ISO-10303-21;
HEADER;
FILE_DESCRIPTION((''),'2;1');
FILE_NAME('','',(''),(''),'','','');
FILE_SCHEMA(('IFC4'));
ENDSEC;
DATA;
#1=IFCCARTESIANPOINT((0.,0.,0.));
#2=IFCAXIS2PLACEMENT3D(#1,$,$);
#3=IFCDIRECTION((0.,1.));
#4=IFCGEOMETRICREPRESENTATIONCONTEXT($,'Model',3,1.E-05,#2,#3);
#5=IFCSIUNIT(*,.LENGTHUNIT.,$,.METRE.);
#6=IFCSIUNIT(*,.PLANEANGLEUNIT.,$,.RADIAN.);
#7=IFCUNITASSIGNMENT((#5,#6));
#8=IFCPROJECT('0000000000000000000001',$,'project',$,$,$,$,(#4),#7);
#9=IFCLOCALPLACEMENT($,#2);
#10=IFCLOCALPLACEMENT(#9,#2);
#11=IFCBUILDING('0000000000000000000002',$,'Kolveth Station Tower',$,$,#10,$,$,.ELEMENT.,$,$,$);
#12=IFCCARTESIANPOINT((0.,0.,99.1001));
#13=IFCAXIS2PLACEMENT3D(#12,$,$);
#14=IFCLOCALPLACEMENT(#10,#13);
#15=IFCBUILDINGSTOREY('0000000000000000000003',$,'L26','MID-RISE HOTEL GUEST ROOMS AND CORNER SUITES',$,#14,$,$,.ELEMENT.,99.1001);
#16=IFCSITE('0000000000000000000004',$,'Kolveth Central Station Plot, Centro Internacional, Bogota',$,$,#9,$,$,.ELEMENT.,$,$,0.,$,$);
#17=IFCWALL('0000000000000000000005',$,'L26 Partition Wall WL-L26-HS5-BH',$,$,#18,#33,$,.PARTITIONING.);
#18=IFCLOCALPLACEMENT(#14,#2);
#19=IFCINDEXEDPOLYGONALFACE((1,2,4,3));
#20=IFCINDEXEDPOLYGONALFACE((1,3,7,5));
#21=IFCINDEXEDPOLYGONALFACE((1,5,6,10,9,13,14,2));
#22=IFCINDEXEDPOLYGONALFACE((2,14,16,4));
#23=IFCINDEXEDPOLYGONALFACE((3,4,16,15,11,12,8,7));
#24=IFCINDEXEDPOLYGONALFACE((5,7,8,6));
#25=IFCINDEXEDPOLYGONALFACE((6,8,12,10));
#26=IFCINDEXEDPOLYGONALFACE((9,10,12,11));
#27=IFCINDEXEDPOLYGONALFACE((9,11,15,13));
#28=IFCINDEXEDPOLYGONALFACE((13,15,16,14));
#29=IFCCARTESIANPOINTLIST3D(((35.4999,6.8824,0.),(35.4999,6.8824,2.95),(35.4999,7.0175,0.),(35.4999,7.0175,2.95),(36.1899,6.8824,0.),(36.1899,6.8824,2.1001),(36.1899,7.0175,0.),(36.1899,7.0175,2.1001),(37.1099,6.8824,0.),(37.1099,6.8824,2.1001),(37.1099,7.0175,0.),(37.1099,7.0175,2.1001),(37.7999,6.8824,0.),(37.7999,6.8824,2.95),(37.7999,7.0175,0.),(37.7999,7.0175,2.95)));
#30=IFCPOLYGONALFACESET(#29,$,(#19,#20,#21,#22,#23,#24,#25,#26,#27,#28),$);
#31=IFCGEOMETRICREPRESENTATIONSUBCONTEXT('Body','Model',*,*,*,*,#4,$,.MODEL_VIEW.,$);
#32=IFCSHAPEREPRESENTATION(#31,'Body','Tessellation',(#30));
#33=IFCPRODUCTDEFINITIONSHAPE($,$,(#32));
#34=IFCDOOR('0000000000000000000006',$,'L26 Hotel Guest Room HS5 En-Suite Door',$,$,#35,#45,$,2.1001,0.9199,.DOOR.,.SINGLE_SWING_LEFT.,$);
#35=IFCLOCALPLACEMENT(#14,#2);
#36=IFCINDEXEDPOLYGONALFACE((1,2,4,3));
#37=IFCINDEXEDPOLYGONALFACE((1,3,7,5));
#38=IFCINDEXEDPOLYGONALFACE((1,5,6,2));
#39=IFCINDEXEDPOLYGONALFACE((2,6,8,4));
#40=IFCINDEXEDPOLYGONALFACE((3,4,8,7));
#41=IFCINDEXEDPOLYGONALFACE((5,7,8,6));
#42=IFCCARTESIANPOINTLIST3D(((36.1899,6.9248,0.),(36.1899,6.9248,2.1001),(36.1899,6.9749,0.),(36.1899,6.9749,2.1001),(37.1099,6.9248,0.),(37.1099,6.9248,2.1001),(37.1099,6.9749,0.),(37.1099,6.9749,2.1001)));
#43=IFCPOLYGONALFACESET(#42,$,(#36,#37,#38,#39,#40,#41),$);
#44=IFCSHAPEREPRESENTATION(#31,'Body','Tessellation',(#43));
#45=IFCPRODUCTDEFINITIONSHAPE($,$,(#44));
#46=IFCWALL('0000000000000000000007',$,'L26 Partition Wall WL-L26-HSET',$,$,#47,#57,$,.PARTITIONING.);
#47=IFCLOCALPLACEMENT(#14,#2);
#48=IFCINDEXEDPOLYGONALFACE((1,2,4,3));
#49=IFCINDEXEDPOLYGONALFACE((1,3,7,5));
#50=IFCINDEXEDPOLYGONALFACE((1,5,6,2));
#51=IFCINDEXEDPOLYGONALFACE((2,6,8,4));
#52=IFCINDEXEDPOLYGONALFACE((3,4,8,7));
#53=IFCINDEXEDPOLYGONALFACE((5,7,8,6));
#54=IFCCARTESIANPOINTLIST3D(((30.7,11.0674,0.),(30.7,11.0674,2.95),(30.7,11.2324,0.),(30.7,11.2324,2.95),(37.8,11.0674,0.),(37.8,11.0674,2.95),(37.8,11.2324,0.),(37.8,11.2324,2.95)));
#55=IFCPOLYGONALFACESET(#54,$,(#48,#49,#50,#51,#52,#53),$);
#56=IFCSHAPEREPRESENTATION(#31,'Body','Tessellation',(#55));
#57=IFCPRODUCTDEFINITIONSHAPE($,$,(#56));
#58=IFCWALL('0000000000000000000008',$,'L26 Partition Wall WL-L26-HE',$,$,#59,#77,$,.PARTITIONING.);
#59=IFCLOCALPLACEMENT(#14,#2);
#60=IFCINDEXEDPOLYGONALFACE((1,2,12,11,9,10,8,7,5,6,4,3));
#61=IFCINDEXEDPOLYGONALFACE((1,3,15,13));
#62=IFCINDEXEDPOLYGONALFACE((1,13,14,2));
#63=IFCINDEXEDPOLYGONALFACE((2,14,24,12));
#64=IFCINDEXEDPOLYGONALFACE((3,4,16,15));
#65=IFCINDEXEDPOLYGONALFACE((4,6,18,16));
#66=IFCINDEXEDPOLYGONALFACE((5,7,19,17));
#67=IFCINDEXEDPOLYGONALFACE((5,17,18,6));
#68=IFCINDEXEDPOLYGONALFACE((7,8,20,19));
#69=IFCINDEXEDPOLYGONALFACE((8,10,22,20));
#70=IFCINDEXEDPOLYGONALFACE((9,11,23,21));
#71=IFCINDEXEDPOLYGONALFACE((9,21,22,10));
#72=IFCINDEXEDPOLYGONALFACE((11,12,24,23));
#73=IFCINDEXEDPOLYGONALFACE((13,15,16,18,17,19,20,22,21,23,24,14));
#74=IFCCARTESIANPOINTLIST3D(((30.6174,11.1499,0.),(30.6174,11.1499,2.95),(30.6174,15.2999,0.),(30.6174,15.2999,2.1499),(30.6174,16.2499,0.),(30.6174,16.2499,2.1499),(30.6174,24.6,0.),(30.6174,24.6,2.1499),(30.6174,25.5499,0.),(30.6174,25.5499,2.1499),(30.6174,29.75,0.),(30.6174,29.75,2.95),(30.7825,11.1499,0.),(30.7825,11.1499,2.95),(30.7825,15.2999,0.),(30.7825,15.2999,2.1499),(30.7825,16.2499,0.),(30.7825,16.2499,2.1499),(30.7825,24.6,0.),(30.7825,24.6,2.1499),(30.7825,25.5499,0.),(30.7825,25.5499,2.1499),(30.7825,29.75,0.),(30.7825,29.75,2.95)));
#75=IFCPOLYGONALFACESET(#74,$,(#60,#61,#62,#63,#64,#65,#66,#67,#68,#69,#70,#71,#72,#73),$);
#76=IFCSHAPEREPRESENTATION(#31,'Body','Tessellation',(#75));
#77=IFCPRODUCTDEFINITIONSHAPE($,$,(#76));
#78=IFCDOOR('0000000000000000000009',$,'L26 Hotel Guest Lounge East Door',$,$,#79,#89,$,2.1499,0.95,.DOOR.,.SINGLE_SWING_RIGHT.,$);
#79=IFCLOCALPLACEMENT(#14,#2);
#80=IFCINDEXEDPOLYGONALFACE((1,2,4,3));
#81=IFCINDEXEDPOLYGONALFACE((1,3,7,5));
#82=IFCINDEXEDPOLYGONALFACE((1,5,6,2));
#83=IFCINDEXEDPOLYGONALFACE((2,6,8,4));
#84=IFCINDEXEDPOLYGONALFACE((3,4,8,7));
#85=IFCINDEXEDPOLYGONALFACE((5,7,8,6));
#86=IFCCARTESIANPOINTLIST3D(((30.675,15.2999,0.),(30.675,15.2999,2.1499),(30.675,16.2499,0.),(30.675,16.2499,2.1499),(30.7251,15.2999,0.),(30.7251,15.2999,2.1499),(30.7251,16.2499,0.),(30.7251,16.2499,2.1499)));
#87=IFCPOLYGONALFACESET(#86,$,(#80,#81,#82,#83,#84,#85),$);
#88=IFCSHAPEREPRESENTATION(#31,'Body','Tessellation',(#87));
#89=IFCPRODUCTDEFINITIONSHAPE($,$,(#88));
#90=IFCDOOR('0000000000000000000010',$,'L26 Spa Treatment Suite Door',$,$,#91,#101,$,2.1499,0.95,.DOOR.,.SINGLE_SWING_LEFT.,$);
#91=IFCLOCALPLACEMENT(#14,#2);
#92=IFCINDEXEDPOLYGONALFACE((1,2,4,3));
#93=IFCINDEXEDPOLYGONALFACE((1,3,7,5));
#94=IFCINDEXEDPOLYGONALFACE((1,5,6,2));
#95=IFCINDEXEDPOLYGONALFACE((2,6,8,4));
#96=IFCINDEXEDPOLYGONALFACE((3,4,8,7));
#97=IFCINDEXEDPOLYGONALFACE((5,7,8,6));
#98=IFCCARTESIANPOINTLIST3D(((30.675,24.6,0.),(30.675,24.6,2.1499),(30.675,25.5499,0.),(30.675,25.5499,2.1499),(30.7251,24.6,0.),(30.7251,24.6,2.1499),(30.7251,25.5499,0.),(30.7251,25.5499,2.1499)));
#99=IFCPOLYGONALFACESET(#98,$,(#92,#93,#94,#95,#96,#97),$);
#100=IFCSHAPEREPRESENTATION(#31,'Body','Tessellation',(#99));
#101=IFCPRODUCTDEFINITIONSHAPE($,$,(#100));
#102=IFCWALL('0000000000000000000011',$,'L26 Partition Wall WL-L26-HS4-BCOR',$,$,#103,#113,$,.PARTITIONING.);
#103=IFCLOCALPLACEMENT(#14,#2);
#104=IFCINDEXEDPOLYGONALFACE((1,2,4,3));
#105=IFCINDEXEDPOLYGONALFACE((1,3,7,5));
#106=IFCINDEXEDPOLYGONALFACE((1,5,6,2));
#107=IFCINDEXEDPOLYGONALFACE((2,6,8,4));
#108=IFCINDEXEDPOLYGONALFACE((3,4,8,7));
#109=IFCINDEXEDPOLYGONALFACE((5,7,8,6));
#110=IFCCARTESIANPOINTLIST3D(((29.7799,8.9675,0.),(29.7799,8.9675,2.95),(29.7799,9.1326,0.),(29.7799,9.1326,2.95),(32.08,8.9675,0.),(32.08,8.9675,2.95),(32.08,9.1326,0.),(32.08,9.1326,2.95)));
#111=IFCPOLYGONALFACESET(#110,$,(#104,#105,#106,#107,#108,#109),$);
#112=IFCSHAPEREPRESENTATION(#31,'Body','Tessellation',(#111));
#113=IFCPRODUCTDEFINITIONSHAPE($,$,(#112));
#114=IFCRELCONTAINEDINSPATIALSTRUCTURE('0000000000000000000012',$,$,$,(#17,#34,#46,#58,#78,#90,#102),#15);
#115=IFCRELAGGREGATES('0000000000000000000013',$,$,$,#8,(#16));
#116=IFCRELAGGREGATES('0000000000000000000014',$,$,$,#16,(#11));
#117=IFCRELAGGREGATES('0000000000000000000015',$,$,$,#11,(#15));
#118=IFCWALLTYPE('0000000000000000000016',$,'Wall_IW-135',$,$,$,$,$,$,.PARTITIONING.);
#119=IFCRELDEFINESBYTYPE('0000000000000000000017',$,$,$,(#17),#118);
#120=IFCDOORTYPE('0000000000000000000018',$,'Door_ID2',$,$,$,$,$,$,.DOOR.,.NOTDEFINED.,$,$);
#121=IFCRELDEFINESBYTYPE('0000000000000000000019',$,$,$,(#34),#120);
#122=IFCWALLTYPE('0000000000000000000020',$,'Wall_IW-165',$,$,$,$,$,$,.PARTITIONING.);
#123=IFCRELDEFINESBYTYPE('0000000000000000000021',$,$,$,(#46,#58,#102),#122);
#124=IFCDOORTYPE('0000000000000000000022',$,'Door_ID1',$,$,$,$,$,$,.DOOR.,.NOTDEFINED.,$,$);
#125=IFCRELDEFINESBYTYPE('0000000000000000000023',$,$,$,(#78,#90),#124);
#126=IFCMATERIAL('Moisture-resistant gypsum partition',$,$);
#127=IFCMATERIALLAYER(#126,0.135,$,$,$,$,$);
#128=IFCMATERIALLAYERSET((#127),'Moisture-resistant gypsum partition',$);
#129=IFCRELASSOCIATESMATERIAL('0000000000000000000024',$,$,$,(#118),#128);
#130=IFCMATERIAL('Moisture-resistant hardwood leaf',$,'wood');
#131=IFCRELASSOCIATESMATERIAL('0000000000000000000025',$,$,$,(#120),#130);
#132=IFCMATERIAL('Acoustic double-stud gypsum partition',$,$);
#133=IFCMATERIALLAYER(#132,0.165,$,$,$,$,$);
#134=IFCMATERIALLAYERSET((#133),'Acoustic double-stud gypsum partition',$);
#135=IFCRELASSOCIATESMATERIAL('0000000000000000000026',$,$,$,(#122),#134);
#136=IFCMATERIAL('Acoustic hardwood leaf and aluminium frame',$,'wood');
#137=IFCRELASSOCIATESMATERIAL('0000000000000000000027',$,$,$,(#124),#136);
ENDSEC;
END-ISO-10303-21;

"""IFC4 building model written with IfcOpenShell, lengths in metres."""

from ifc_helpers import new_model, si_unit, direction, frame, frame_2d, origin, place, context, subcontext, project, spatial, rectangle, extrude, material, layer, layer_set, type_object, element, fill, save


model = new_model("IFC4")

# Units and contexts
model_context = context("Model", 3, precision=1e-05, world=origin(), true_north=direction((0.0, 1.0)))
body_context = subcontext(model_context, "Body", "Model", "MODEL_VIEW")
ifc_project = project(units=[si_unit("LENGTHUNIT", "METRE"), si_unit("PLANEANGLEUNIT", "RADIAN")], contexts=[model_context])

# Site, building, storey
site_placement = place(None, origin())
site = spatial("IfcSite", under=ifc_project, at=site_placement, Name="Kolveth Central Station Plot, Centro Internacional, Bogota", CompositionType="ELEMENT", RefElevation=0.0)
building_placement = place(site_placement, origin())
building = spatial("IfcBuilding", under=site, at=building_placement, Name="Kolveth Station Tower", CompositionType="ELEMENT")
storey_placement = place(building_placement, frame((0.0, 0.0, 99.1001)))
storey = spatial("IfcBuildingStorey", under=building, at=storey_placement, Name="L26", Description="MID-RISE HOTEL GUEST ROOMS AND CORNER SUITES", CompositionType="ELEMENT", Elevation=99.1001)

# Shared definitions
ifc_material_1 = material(Name="Moisture-resistant gypsum partition")
ifc_layer_1 = layer(ifc_material_1, 0.135)
ifc_layer_set_1 = layer_set([ifc_layer_1], Name="Moisture-resistant gypsum partition")
wall_type_1 = type_object("IfcWallType", Name="Wall_IW-135", PredefinedType="PARTITIONING", material=ifc_layer_set_1)

# Wall, opening, door
wall_1_placement = place(storey_placement, frame((35.5, 6.95, 0.0), z_axis=(0.0, 0.0, 1.0), x_axis=(1.0, 0.0, 0.0)))
wall_1 = element("IfcWall", 1, at=wall_1_placement, inside=storey, type_object=wall_type_1, Name="L26 Partition Wall WL-L26-HS5-BH", PredefinedType="PARTITIONING", context=body_context, shape_type="SweptSolid", body=[
    extrude(rectangle(XDim=2.3, YDim=0.135, at=frame_2d((1.1499, 0.0))), origin(), (0.0, 0.0, 1.0), 2.95),
])
opening_1_placement = place(wall_1_placement, frame((0.6899, 0.0, 0.0)))
opening_1 = element("IfcOpeningElement", 2, at=opening_1_placement, cuts=wall_1, PredefinedType="OPENING", context=body_context, shape_type="SweptSolid", body=[
    extrude(rectangle(XDim=0.9199, YDim=2.1001, at=frame_2d((0.46, 1.05))), frame((0.0, 0.0774, 0.0), z_axis=(0.0, -1.0, 0.0), x_axis=(1.0, 0.0, 0.0)), (0.0, 0.0, 1.0), 0.155),
])
ifc_material_2 = material(Name="Moisture-resistant hardwood leaf", Category="wood")
door_type_1 = type_object("IfcDoorType", Name="Door_ID2", OperationType="NOTDEFINED", PredefinedType="DOOR", material=ifc_material_2)
door_1_placement = place(opening_1_placement, origin())
door_1 = element("IfcDoor", 3, at=door_1_placement, inside=storey, type_object=door_type_1, Name="L26 Hotel Guest Room HS5 En-Suite Door", OperationType="SINGLE_SWING_LEFT", OverallHeight=2.1001, OverallWidth=0.9199, PredefinedType="DOOR", context=body_context, shape_type="SweptSolid", body=[
    extrude(rectangle(XDim=0.9199, YDim=2.1001, at=frame_2d((0.46, 1.05))), frame((0.0, 0.0249, 0.0), z_axis=(0.0, -1.0, 0.0), x_axis=(1.0, 0.0, 0.0)), (0.0, 0.0, 1.0), 0.05),
])
fill(opening_1, door_1)

# Wall
ifc_material_3 = material(Name="Acoustic double-stud gypsum partition")
ifc_layer_2 = layer(ifc_material_3, 0.165)
ifc_layer_set_2 = layer_set([ifc_layer_2], Name="Acoustic double-stud gypsum partition")
wall_type_2 = type_object("IfcWallType", Name="Wall_IW-165", PredefinedType="PARTITIONING", material=ifc_layer_set_2)
wall_2_placement = place(storey_placement, frame((30.7, 11.1499, 0.0), z_axis=(0.0, 0.0, 1.0), x_axis=(1.0, 0.0, 0.0)))
element("IfcWall", 4, at=wall_2_placement, inside=storey, type_object=wall_type_2, Name="L26 Partition Wall WL-L26-HSET", PredefinedType="PARTITIONING", context=body_context, shape_type="SweptSolid", body=[
    extrude(rectangle(XDim=7.1001, YDim=0.165, at=frame_2d((3.55, 0.0))), origin(), (0.0, 0.0, 1.0), 2.95),
])

# Wall, openings, doors
wall_3_placement = place(storey_placement, frame((30.7, 11.1499, 0.0), z_axis=(0.0, 0.0, 1.0), x_axis=(0.0, 1.0, 0.0)))
wall_3 = element("IfcWall", 5, at=wall_3_placement, inside=storey, type_object=wall_type_2, Name="L26 Partition Wall WL-L26-HE", PredefinedType="PARTITIONING", context=body_context, shape_type="SweptSolid", body=[
    extrude(rectangle(XDim=18.6001, YDim=0.165, at=frame_2d((9.3, 0.0))), origin(), (0.0, 0.0, 1.0), 2.95),
])
opening_2_placement = place(wall_3_placement, frame((4.1499, 0.0, 0.0)))
opening_2 = element("IfcOpeningElement", 6, at=opening_2_placement, cuts=wall_3, PredefinedType="OPENING", context=body_context, shape_type="SweptSolid", body=[
    extrude(rectangle(XDim=0.95, YDim=2.1499, at=frame_2d((0.4751, 1.075))), frame((0.0, 0.0925, 0.0), z_axis=(0.0, -1.0, 0.0), x_axis=(1.0, 0.0, 0.0)), (0.0, 0.0, 1.0), 0.1851),
])
opening_3_placement = place(wall_3_placement, frame((13.45, 0.0, 0.0)))
opening_3 = element("IfcOpeningElement", 7, at=opening_3_placement, cuts=wall_3, PredefinedType="OPENING", context=body_context, shape_type="SweptSolid", body=[
    extrude(rectangle(XDim=0.95, YDim=2.1499, at=frame_2d((0.4751, 1.075))), frame((0.0, 0.0925, 0.0), z_axis=(0.0, -1.0, 0.0), x_axis=(1.0, 0.0, 0.0)), (0.0, 0.0, 1.0), 0.1851),
])
ifc_material_4 = material(Name="Acoustic hardwood leaf and aluminium frame", Category="wood")
door_type_2 = type_object("IfcDoorType", Name="Door_ID1", OperationType="NOTDEFINED", PredefinedType="DOOR", material=ifc_material_4)
door_2_placement = place(opening_2_placement, origin())
door_2 = element("IfcDoor", 8, at=door_2_placement, inside=storey, type_object=door_type_2, Name="L26 Hotel Guest Lounge East Door", OperationType="SINGLE_SWING_RIGHT", OverallHeight=2.1499, OverallWidth=0.95, PredefinedType="DOOR", context=body_context, shape_type="SweptSolid", body=[
    extrude(rectangle(XDim=0.95, YDim=2.1499, at=frame_2d((0.4751, 1.075))), frame((0.0, 0.0249, 0.0), z_axis=(0.0, -1.0, 0.0), x_axis=(1.0, 0.0, 0.0)), (0.0, 0.0, 1.0), 0.05),
])
fill(opening_2, door_2)
door_3_placement = place(opening_3_placement, origin())
door_3 = element("IfcDoor", 9, at=door_3_placement, inside=storey, type_object=door_type_2, Name="L26 Spa Treatment Suite Door", OperationType="SINGLE_SWING_LEFT", OverallHeight=2.1499, OverallWidth=0.95, PredefinedType="DOOR", context=body_context, shape_type="SweptSolid", body=[
    extrude(rectangle(XDim=0.95, YDim=2.1499, at=frame_2d((0.4751, 1.075))), frame((0.0, 0.0249, 0.0), z_axis=(0.0, -1.0, 0.0), x_axis=(1.0, 0.0, 0.0)), (0.0, 0.0, 1.0), 0.05),
])
fill(opening_3, door_3)

# Wall
wall_4_placement = place(storey_placement, frame((29.78, 9.05, 0.0), z_axis=(0.0, 0.0, 1.0), x_axis=(1.0, 0.0, 0.0)))
element("IfcWall", 10, at=wall_4_placement, inside=storey, type_object=wall_type_2, Name="L26 Partition Wall WL-L26-HS4-BCOR", PredefinedType="PARTITIONING", context=body_context, shape_type="SweptSolid", body=[
    extrude(rectangle(XDim=2.3, YDim=0.165, at=frame_2d((1.1499, 0.0))), origin(), (0.0, 0.0, 1.0), 2.95),
])

save(model, "model.ifc")
